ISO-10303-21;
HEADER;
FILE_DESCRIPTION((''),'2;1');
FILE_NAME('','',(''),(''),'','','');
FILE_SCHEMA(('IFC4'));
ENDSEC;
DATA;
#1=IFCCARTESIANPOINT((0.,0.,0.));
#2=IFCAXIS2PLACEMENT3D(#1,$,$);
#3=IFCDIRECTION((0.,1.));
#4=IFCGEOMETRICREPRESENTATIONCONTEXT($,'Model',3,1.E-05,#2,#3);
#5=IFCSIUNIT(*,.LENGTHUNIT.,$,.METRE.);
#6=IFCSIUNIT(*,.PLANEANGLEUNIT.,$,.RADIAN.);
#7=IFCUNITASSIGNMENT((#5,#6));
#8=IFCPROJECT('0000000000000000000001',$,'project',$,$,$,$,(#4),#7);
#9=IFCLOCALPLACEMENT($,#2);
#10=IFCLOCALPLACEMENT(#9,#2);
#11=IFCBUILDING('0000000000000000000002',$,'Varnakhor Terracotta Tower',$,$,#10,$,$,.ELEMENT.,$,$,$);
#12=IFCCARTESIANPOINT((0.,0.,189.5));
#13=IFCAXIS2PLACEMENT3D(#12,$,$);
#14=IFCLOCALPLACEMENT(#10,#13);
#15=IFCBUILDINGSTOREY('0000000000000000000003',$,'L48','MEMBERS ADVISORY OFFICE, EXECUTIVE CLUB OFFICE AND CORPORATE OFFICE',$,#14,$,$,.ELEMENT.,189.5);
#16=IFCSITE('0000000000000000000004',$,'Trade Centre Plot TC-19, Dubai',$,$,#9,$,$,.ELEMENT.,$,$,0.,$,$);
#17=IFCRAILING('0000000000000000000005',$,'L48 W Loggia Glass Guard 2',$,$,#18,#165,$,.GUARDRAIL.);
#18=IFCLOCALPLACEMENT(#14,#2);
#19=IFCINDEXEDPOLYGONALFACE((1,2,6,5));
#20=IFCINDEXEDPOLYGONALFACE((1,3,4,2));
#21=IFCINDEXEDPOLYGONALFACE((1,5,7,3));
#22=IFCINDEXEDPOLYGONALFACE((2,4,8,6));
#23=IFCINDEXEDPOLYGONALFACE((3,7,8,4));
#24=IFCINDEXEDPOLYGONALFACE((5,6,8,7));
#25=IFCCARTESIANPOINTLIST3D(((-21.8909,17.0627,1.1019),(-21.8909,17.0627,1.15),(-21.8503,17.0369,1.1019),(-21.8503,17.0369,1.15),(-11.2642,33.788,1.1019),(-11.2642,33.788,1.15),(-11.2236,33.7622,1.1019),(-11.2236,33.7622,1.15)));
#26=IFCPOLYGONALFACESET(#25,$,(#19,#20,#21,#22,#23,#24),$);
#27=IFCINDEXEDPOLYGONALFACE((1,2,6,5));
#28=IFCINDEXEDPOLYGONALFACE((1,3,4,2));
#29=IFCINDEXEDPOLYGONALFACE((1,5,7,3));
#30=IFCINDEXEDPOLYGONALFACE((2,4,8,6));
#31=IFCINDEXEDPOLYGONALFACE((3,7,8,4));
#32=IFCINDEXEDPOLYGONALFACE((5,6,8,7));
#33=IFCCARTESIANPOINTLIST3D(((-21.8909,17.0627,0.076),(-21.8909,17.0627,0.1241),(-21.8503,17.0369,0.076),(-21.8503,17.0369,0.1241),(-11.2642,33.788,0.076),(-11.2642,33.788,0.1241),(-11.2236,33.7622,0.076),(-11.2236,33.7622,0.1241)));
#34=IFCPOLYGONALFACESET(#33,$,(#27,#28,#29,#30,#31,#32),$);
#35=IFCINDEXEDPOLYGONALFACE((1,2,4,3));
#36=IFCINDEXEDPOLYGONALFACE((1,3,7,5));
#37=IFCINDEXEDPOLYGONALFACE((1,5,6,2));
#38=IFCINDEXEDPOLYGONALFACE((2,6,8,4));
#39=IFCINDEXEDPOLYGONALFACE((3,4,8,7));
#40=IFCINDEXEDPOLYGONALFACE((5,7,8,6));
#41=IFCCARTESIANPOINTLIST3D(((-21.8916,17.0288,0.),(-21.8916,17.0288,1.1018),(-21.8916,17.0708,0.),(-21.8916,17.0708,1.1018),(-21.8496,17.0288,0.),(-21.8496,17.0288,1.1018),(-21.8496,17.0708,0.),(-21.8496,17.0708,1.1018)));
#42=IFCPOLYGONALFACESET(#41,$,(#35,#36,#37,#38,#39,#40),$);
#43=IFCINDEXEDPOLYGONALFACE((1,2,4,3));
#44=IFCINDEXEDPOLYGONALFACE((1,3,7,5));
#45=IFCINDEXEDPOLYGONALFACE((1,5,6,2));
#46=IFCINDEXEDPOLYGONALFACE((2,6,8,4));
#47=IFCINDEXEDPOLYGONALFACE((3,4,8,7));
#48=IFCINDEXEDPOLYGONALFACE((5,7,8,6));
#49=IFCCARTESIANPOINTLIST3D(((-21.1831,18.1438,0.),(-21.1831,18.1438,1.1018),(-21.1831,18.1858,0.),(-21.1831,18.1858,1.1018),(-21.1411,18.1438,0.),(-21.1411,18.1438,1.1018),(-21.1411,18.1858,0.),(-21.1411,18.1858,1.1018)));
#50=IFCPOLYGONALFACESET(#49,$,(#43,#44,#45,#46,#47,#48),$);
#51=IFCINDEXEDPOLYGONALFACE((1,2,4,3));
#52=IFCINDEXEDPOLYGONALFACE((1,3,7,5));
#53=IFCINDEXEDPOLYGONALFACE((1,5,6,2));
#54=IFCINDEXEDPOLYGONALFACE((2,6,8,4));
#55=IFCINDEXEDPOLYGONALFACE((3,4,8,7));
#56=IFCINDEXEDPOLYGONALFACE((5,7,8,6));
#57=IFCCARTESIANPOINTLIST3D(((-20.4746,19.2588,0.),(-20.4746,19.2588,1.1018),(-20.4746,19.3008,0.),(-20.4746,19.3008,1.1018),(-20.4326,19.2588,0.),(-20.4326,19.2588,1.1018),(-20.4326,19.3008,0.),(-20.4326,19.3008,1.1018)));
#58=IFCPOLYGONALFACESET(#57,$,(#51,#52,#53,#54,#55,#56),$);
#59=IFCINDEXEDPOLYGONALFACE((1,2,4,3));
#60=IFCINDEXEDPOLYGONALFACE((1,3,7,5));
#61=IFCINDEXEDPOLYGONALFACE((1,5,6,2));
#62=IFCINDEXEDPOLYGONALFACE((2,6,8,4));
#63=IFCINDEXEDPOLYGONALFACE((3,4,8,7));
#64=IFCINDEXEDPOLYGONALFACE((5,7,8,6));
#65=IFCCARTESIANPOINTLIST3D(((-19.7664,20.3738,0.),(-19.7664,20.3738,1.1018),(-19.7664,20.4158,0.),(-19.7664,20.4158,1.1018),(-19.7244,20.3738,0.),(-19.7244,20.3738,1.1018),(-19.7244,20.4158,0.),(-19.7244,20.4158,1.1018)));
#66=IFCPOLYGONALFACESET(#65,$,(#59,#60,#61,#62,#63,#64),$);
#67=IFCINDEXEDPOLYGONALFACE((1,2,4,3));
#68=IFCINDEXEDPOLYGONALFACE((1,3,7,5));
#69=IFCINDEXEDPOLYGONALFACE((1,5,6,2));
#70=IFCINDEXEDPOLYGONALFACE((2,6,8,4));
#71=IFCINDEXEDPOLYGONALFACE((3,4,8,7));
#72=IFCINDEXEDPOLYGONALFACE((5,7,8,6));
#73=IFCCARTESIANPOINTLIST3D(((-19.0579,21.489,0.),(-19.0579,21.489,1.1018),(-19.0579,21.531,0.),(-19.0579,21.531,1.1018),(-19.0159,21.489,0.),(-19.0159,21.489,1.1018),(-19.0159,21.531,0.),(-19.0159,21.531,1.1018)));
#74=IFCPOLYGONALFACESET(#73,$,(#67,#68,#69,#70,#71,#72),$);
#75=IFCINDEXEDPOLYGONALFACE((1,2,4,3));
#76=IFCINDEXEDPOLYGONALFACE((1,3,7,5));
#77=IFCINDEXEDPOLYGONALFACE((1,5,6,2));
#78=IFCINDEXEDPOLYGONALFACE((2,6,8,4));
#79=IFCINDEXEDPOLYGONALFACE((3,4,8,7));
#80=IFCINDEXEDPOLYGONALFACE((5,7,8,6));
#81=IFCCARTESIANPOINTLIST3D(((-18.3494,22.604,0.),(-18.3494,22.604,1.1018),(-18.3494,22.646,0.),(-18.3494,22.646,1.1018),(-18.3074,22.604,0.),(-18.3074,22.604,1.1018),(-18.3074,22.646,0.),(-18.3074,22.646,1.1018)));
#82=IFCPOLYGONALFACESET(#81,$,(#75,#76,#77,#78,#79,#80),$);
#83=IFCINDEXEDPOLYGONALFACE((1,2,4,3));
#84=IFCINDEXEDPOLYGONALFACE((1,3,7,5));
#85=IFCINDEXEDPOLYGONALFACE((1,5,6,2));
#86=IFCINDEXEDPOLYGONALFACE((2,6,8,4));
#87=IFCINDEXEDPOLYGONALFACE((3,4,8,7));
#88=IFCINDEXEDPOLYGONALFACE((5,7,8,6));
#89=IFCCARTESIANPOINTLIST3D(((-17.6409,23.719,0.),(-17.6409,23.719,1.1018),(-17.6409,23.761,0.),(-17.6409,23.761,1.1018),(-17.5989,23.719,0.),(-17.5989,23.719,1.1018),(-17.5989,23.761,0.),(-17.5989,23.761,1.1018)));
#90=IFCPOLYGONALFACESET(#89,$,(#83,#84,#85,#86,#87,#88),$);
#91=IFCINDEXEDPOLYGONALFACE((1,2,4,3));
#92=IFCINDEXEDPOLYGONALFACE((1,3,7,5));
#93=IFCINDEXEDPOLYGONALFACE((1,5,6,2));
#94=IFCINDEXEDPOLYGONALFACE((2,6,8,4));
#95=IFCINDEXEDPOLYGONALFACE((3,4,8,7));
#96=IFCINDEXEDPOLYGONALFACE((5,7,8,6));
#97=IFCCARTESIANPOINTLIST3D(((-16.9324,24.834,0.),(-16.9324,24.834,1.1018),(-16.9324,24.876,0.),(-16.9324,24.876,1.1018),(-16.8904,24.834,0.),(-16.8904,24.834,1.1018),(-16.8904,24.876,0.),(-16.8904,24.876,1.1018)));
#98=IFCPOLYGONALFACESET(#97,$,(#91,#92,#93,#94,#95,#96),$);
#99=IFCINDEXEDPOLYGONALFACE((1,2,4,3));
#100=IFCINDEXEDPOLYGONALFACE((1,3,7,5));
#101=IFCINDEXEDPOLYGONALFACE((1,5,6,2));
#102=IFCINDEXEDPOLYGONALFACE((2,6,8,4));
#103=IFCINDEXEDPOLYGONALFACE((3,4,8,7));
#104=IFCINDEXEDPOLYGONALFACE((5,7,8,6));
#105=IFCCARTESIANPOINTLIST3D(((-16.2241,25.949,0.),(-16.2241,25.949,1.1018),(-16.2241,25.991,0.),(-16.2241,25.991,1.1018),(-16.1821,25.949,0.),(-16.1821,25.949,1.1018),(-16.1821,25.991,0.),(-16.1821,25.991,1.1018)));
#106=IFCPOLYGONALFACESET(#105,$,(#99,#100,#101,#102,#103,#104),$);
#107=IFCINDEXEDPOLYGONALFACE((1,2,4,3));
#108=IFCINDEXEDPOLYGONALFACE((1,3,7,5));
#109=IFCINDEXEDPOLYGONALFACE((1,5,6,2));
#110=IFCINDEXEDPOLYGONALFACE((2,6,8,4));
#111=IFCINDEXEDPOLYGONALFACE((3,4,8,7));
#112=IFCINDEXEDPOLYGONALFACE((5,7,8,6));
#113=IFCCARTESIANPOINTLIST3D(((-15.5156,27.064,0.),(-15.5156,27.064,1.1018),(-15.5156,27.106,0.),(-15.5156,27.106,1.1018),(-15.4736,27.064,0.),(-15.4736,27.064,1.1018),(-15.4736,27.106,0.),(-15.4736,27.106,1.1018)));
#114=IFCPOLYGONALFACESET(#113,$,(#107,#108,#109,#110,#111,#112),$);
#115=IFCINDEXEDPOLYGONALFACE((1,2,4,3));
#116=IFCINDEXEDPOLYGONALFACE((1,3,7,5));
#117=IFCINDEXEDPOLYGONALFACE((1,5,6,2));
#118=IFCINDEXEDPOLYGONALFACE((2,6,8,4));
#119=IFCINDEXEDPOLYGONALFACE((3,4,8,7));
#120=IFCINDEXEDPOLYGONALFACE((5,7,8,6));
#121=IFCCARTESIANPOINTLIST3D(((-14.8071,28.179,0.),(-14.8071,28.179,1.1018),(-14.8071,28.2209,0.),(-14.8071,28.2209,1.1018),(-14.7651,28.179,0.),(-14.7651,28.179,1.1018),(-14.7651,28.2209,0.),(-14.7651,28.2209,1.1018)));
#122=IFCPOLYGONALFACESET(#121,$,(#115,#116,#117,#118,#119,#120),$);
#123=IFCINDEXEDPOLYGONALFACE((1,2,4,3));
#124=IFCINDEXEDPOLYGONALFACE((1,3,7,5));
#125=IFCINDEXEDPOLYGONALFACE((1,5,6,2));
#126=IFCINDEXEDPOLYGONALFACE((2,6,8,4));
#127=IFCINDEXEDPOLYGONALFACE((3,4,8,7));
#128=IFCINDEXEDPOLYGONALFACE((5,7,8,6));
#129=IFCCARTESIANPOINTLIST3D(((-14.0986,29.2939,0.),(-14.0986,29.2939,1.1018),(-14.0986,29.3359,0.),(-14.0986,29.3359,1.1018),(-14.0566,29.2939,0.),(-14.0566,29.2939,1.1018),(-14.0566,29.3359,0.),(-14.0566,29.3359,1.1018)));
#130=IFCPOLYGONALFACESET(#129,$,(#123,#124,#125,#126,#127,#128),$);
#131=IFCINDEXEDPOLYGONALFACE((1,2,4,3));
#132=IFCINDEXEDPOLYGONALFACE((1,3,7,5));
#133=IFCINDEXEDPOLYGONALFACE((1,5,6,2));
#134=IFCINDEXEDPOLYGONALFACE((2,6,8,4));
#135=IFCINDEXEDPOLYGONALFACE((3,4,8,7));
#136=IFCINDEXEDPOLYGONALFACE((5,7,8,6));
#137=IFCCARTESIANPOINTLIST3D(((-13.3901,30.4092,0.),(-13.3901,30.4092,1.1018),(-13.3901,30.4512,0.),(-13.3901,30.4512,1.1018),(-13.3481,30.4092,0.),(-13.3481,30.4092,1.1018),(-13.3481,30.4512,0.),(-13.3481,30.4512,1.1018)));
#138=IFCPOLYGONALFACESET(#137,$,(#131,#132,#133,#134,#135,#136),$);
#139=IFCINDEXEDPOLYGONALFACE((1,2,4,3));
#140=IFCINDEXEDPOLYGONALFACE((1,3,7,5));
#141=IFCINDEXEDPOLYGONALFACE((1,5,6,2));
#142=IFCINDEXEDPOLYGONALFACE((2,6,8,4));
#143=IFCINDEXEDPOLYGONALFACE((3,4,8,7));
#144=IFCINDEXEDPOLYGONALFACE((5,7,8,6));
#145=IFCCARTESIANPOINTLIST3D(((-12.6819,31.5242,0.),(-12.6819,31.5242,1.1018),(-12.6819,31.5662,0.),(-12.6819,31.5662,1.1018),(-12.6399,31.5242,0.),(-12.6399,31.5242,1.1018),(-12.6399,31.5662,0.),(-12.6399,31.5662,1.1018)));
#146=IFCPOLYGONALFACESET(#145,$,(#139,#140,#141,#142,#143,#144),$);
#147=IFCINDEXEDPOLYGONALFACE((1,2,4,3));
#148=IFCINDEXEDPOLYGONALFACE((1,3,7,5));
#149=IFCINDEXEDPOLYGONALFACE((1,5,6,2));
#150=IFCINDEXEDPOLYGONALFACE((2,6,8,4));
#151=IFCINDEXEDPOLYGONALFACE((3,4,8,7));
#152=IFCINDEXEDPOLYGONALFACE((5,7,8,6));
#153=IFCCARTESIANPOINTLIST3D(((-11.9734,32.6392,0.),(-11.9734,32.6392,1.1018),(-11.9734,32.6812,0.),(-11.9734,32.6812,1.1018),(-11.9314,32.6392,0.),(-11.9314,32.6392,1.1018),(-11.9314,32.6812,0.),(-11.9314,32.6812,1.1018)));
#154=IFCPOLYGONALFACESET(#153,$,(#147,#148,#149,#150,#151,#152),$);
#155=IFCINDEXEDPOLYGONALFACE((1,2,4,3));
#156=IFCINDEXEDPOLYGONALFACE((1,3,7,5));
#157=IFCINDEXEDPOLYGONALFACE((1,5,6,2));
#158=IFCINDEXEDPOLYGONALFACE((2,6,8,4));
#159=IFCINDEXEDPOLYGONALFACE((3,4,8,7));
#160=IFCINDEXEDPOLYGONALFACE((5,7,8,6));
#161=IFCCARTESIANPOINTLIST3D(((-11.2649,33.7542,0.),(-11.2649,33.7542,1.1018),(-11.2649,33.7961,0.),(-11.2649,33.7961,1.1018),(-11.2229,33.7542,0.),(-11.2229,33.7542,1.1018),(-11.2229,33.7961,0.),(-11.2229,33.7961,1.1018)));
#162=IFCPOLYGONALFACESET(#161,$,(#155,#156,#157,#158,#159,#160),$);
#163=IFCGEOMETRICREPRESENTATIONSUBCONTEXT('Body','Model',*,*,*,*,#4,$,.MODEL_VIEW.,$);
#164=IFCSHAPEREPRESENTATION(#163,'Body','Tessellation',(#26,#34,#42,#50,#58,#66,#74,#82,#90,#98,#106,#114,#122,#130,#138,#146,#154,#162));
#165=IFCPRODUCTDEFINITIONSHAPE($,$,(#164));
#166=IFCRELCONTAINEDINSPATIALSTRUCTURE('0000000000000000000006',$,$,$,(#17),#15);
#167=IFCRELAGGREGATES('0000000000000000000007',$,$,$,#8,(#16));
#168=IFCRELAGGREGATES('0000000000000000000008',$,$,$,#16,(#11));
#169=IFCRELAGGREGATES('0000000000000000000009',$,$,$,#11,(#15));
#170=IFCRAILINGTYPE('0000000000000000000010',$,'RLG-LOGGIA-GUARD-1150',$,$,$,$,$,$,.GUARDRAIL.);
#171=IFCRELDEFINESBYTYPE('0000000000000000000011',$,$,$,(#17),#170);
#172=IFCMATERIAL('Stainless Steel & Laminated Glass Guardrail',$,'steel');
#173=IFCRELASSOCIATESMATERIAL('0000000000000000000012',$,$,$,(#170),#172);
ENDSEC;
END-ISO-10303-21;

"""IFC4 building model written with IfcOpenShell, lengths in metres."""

from ifc_helpers import new_model, si_unit, direction, frame, origin, origin_2d, place, context, subcontext, project, spatial, rectangle, extrude, material, type_object, element, save


model = new_model("IFC4")

# Units and contexts
model_context = context("Model", 3, precision=1e-05, world=origin(), true_north=direction((0.0, 1.0)))
body_context = subcontext(model_context, "Body", "Model", "MODEL_VIEW")
ifc_project = project(units=[si_unit("LENGTHUNIT", "METRE"), si_unit("PLANEANGLEUNIT", "RADIAN")], contexts=[model_context])

# Site, building, storey
site_placement = place(None, origin())
site = spatial("IfcSite", under=ifc_project, at=site_placement, Name="Trade Centre Plot TC-19, Dubai", CompositionType="ELEMENT", RefElevation=0.0)
building_placement = place(site_placement, origin())
building = spatial("IfcBuilding", under=site, at=building_placement, Name="Varnakhor Terracotta Tower", CompositionType="ELEMENT")
storey_placement = place(building_placement, frame((0.0, 0.0, 189.5)))
storey = spatial("IfcBuildingStorey", under=building, at=storey_placement, Name="L48", Description="MEMBERS ADVISORY OFFICE, EXECUTIVE CLUB OFFICE AND CORPORATE OFFICE", CompositionType="ELEMENT", Elevation=189.5)

# Railing
ifc_material_1 = material(Name="Stainless Steel & Laminated Glass Guardrail", Category="steel")
railing_type = type_object("IfcRailingType", Name="RLG-LOGGIA-GUARD-1150", PredefinedType="GUARDRAIL", material=ifc_material_1)
railing_1_placement = place(storey_placement, frame((-21.8706, 17.0498, 0.0)))
element("IfcRailing", 1, at=railing_1_placement, inside=storey, type_object=railing_type, Name="L48 W Loggia Glass Guard 2", PredefinedType="GUARDRAIL", context=body_context, shape_type="SweptSolid", body=[
    extrude(rectangle(XDim=0.0481, YDim=0.0481, at=origin_2d()), frame((0.0, 0.0, 1.126), z_axis=(0.536276, 0.844043, 0.0), x_axis=(-0.844043, 0.536276, 0.0)), (0.0, 0.0, 1.0), 19.8157),
    extrude(rectangle(XDim=0.0481, YDim=0.0481, at=origin_2d()), frame((0.0, 0.0, 0.1001), z_axis=(0.536276, 0.844043, 0.0), x_axis=(-0.844043, 0.536276, 0.0)), (0.0, 0.0, 1.0), 19.8157),
    extrude(rectangle(XDim=0.042, YDim=0.042, at=origin_2d()), origin(), (0.0, 0.0, 1.0), 1.1018),
    extrude(rectangle(XDim=0.042, YDim=0.042, at=origin_2d()), frame((0.7085, 1.115, 0.0)), (0.0, 0.0, 1.0), 1.1018),
    extrude(rectangle(XDim=0.042, YDim=0.042, at=origin_2d()), frame((1.417, 2.23, 0.0)), (0.0, 0.0, 1.0), 1.1018),
    extrude(rectangle(XDim=0.042, YDim=0.042, at=origin_2d()), frame((2.1252, 3.345, 0.0)), (0.0, 0.0, 1.0), 1.1018),
    extrude(rectangle(XDim=0.042, YDim=0.042, at=origin_2d()), frame((2.8337, 4.4602, 0.0)), (0.0, 0.0, 1.0), 1.1018),
    extrude(rectangle(XDim=0.042, YDim=0.042, at=origin_2d()), frame((3.5422, 5.5752, 0.0)), (0.0, 0.0, 1.0), 1.1018),
    extrude(rectangle(XDim=0.042, YDim=0.042, at=origin_2d()), frame((4.2507, 6.6902, 0.0)), (0.0, 0.0, 1.0), 1.1018),
    extrude(rectangle(XDim=0.042, YDim=0.042, at=origin_2d()), frame((4.9592, 7.8052, 0.0)), (0.0, 0.0, 1.0), 1.1018),
    extrude(rectangle(XDim=0.042, YDim=0.042, at=origin_2d()), frame((5.6675, 8.9202, 0.0)), (0.0, 0.0, 1.0), 1.1018),
    extrude(rectangle(XDim=0.042, YDim=0.042, at=origin_2d()), frame((6.376, 10.0352, 0.0)), (0.0, 0.0, 1.0), 1.1018),
    extrude(rectangle(XDim=0.042, YDim=0.042, at=origin_2d()), frame((7.0845, 11.1501, 0.0)), (0.0, 0.0, 1.0), 1.1018),
    extrude(rectangle(XDim=0.042, YDim=0.042, at=origin_2d()), frame((7.793, 12.2651, 0.0)), (0.0, 0.0, 1.0), 1.1018),
    extrude(rectangle(XDim=0.042, YDim=0.042, at=origin_2d()), frame((8.5015, 13.3804, 0.0)), (0.0, 0.0, 1.0), 1.1018),
    extrude(rectangle(XDim=0.042, YDim=0.042, at=origin_2d()), frame((9.2097, 14.4954, 0.0)), (0.0, 0.0, 1.0), 1.1018),
    extrude(rectangle(XDim=0.042, YDim=0.042, at=origin_2d()), frame((9.9182, 15.6104, 0.0)), (0.0, 0.0, 1.0), 1.1018),
    extrude(rectangle(XDim=0.042, YDim=0.042, at=origin_2d()), frame((10.6267, 16.7253, 0.0)), (0.0, 0.0, 1.0), 1.1018),
])

save(model, "model.ifc")
